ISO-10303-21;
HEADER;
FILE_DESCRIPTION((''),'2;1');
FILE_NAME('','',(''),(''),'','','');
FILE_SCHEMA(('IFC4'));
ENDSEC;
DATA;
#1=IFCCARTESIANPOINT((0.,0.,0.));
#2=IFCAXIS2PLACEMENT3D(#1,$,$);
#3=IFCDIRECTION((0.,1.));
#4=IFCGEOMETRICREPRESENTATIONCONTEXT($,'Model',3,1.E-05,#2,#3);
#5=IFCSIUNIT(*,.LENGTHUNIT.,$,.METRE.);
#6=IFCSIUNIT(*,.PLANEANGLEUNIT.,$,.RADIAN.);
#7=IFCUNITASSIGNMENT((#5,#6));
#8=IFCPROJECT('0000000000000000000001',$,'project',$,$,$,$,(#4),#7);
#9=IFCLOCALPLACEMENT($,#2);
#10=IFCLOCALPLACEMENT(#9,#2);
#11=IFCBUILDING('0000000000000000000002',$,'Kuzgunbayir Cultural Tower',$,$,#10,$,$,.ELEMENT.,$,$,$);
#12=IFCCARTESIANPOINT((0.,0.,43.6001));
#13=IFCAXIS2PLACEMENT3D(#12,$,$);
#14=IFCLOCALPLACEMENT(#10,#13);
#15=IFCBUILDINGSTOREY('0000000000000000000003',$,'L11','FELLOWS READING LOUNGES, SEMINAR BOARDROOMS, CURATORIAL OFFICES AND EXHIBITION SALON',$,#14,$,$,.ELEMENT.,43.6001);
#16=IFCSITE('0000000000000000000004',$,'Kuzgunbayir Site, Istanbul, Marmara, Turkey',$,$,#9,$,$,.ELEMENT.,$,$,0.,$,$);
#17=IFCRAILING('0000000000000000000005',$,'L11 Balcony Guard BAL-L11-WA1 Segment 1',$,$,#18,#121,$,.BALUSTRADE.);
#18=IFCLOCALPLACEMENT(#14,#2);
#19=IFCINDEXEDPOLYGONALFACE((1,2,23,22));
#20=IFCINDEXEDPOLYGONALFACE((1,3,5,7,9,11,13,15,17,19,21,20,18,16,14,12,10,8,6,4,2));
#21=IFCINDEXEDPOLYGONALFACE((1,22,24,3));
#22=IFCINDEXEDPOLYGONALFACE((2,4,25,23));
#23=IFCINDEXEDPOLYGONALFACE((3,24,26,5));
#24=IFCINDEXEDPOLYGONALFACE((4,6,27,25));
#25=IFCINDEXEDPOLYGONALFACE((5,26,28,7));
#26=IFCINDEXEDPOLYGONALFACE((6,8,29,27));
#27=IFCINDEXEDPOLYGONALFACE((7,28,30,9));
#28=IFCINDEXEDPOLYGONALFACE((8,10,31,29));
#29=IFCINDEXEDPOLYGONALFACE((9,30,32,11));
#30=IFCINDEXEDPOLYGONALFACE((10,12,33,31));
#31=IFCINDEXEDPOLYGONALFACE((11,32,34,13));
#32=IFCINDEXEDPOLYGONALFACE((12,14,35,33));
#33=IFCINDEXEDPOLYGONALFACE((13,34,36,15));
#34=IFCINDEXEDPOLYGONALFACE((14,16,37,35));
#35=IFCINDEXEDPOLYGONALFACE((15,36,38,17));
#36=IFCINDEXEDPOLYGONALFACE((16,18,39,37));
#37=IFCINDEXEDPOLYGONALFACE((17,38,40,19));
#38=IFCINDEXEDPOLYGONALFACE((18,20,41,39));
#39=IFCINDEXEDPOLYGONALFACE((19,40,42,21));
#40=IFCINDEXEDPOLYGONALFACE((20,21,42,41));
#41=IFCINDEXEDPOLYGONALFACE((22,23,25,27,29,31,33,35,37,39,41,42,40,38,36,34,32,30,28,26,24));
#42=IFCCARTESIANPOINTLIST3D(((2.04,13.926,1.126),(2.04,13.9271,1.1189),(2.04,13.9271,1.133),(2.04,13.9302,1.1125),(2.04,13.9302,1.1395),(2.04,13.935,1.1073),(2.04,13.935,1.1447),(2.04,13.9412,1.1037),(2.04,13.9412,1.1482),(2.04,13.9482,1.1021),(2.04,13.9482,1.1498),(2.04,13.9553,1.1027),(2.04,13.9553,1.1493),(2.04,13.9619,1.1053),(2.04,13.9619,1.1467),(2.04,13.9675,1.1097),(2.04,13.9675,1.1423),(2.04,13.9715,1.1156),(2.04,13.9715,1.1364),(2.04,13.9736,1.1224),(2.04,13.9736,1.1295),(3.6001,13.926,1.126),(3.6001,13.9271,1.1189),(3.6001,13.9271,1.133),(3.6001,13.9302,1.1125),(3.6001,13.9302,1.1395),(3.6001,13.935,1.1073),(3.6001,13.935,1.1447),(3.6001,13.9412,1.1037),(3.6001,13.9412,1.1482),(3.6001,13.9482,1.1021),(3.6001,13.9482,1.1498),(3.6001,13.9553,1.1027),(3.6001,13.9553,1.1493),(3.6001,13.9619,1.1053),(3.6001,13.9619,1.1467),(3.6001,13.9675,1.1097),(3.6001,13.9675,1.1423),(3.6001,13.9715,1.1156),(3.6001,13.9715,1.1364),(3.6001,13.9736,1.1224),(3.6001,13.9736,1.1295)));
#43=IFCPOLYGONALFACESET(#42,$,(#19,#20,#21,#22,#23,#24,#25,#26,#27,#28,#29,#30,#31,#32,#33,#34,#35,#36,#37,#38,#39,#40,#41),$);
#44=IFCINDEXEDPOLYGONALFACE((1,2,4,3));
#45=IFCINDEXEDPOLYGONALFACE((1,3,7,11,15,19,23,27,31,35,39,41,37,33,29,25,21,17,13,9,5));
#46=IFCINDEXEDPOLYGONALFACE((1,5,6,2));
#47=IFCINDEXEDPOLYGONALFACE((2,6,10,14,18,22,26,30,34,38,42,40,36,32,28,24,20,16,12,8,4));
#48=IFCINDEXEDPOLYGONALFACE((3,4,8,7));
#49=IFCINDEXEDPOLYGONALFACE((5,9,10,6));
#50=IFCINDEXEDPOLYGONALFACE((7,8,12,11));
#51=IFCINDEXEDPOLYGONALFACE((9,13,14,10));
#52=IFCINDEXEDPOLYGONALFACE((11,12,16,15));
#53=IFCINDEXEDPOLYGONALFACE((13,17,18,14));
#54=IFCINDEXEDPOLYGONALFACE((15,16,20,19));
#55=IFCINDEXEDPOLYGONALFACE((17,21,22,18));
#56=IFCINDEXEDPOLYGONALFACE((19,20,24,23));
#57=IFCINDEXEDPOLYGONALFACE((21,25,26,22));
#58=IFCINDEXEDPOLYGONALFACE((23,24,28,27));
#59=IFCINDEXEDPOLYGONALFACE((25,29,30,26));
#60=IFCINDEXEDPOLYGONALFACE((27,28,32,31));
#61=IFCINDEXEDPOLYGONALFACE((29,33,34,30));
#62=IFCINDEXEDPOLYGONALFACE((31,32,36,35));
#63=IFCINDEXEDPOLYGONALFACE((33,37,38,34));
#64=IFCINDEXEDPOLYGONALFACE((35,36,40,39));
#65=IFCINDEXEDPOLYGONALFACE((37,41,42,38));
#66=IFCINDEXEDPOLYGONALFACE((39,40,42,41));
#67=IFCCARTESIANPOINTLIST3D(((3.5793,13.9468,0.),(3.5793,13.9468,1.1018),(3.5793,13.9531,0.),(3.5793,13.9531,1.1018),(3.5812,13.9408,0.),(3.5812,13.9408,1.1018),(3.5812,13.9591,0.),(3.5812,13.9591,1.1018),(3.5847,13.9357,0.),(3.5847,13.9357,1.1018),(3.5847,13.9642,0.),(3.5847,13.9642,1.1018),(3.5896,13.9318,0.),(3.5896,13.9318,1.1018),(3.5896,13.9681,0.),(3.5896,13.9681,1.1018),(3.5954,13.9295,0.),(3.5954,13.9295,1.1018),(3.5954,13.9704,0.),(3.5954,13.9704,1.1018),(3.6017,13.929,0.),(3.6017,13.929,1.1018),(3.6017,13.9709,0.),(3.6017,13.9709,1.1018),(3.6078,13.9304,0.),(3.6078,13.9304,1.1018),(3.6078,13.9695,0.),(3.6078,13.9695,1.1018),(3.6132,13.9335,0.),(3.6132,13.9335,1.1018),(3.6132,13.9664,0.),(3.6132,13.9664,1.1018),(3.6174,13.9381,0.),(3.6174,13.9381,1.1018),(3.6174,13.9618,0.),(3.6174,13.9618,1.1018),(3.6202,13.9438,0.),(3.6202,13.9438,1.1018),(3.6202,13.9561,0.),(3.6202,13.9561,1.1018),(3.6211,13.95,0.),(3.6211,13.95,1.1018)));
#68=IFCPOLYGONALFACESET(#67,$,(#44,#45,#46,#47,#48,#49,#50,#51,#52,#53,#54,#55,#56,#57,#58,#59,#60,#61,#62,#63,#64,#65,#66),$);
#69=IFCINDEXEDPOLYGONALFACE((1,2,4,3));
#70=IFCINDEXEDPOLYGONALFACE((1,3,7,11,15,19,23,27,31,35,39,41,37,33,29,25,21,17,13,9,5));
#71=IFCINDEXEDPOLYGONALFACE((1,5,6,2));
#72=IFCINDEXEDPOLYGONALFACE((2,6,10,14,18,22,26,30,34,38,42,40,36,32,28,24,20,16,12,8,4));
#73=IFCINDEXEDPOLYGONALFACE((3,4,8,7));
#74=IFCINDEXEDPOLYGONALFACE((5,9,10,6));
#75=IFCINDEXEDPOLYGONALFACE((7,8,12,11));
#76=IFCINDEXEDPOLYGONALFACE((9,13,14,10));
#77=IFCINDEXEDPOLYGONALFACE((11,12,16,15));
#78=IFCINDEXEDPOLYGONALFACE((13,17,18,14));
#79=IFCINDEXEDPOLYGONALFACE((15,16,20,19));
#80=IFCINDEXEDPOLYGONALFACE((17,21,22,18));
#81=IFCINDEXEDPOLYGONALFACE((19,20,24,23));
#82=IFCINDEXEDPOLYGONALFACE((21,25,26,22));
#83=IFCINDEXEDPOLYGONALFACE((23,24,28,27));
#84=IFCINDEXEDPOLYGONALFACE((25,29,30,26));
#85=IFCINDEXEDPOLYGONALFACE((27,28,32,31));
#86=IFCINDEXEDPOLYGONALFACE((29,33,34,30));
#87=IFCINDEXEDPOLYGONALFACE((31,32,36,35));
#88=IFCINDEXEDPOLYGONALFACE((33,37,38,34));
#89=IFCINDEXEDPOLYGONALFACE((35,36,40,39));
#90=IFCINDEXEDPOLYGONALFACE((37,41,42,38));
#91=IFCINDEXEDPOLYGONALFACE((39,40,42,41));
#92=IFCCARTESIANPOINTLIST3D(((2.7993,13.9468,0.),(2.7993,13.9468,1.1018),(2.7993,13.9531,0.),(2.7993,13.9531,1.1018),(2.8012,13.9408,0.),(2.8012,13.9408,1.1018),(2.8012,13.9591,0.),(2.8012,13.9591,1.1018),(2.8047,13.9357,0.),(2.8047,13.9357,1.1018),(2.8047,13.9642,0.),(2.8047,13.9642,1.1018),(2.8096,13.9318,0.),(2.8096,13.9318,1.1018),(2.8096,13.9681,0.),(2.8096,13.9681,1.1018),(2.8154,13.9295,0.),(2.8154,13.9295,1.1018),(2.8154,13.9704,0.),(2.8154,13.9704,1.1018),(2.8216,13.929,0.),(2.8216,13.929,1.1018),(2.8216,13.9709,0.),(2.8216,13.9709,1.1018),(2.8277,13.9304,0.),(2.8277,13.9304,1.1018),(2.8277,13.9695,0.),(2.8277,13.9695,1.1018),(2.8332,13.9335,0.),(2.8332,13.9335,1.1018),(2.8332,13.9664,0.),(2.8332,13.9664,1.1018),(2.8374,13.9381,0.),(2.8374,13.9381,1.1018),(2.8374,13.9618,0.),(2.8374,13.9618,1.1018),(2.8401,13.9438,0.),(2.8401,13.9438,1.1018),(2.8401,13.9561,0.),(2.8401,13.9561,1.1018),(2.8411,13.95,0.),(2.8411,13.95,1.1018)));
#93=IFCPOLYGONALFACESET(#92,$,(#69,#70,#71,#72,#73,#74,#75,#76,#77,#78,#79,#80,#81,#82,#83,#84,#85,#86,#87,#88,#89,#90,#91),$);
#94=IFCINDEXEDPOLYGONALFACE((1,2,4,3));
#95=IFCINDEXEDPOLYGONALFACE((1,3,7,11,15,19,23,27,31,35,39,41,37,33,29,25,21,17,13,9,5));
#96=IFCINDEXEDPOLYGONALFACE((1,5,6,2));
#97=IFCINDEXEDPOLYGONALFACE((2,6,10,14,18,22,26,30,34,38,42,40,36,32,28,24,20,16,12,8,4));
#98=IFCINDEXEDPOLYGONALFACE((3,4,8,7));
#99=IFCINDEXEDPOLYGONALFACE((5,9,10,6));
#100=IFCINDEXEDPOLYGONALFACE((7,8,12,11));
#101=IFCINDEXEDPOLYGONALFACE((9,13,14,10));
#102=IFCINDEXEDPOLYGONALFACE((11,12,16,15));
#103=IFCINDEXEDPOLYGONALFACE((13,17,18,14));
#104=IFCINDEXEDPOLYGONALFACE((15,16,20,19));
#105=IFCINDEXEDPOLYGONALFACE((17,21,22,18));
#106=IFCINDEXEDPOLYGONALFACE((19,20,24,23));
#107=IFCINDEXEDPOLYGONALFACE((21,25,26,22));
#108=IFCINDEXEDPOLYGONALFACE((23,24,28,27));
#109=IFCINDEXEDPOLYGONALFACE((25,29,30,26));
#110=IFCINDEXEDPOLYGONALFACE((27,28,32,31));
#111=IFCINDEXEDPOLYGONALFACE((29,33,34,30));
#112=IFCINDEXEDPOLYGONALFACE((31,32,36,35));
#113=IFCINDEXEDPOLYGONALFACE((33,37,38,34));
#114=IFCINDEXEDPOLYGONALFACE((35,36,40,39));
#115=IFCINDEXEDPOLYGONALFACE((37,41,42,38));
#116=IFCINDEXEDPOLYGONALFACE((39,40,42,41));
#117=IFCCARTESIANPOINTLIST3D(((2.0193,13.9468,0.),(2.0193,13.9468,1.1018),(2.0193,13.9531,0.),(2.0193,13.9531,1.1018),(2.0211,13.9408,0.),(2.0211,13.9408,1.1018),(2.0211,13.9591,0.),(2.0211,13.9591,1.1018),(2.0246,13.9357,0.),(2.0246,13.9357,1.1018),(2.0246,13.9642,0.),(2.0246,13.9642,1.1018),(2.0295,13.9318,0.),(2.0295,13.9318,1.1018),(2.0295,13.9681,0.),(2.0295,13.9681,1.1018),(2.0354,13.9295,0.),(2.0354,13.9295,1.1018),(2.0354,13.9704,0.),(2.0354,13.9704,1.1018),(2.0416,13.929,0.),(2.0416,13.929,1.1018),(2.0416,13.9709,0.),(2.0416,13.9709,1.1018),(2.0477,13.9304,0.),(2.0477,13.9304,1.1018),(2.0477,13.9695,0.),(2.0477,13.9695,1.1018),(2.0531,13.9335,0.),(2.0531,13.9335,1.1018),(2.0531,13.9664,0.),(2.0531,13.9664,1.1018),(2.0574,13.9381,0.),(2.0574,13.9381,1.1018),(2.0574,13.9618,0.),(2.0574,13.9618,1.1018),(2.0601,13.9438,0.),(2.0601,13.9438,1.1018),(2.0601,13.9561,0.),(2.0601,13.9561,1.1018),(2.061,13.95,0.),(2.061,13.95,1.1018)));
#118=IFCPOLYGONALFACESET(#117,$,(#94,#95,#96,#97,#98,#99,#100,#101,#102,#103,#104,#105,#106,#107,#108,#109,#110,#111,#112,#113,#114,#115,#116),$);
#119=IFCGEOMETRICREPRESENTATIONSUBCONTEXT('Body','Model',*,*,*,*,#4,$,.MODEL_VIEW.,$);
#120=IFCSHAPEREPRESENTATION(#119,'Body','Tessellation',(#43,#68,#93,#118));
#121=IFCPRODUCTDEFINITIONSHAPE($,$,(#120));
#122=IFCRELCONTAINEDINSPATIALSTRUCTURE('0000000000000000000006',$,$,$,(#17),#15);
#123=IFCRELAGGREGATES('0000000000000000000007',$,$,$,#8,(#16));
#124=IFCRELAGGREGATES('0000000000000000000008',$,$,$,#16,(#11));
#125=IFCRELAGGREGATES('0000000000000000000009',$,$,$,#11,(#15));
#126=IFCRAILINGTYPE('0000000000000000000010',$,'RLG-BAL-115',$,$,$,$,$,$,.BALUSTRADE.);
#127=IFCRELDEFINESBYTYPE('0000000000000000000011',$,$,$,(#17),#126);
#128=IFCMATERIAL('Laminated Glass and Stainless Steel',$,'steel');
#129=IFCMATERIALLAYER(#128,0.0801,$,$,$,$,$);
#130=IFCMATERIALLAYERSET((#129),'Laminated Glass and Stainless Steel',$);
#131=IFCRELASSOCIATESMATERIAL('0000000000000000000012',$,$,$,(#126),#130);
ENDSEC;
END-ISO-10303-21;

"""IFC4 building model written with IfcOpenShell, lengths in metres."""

from ifc_helpers import new_model, si_unit, direction, frame, origin, origin_2d, place, context, subcontext, project, spatial, circle, extrude, material, layer, layer_set, type_object, element, save


model = new_model("IFC4")

# Units and contexts
model_context = context("Model", 3, precision=1e-05, world=origin(), true_north=direction((0.0, 1.0)))
body_context = subcontext(model_context, "Body", "Model", "MODEL_VIEW")
ifc_project = project(units=[si_unit("LENGTHUNIT", "METRE"), si_unit("PLANEANGLEUNIT", "RADIAN")], contexts=[model_context])

# Site, building, storey
site_placement = place(None, origin())
site = spatial("IfcSite", under=ifc_project, at=site_placement, Name="Kuzgunbayir Site, Istanbul, Marmara, Turkey", CompositionType="ELEMENT", RefElevation=0.0)
building_placement = place(site_placement, origin())
building = spatial("IfcBuilding", under=site, at=building_placement, Name="Kuzgunbayir Cultural Tower", CompositionType="ELEMENT")
storey_placement = place(building_placement, frame((0.0, 0.0, 43.6001)))
storey = spatial("IfcBuildingStorey", under=building, at=storey_placement, Name="L11", Description="FELLOWS READING LOUNGES, SEMINAR BOARDROOMS, CURATORIAL OFFICES AND EXHIBITION SALON", CompositionType="ELEMENT", Elevation=43.6001)

# Railing
ifc_material_1 = material(Name="Laminated Glass and Stainless Steel", Category="steel")
ifc_layer_1 = layer(ifc_material_1, 0.0801)
ifc_layer_set_1 = layer_set([ifc_layer_1], Name="Laminated Glass and Stainless Steel")
railing_type = type_object("IfcRailingType", Name="RLG-BAL-115", PredefinedType="BALUSTRADE", material=ifc_layer_set_1)
railing_1_placement = place(storey_placement, frame((3.6001, 13.95, 0.0)))
element("IfcRailing", 1, at=railing_1_placement, inside=storey, type_object=railing_type, Name="L11 Balcony Guard BAL-L11-WA1 Segment 1", PredefinedType="BALUSTRADE", context=body_context, shape_type="SweptSolid", body=[
    extrude(circle(Radius=0.0239, at=origin_2d()), frame((0.0, 0.0, 1.126), z_axis=(-1.0, 0.0, 0.0), x_axis=(0.0, -1.0, 0.0)), (0.0, 0.0, 1.0), 1.5601),
    extrude(circle(Radius=0.021, at=origin_2d()), origin(), (0.0, 0.0, 1.0), 1.1018),
    extrude(circle(Radius=0.021, at=origin_2d()), frame((-0.78, 0.0, 0.0)), (0.0, 0.0, 1.0), 1.1018),
    extrude(circle(Radius=0.021, at=origin_2d()), frame((-1.5601, 0.0, 0.0)), (0.0, 0.0, 1.0), 1.1018),
])

save(model, "model.ifc")
